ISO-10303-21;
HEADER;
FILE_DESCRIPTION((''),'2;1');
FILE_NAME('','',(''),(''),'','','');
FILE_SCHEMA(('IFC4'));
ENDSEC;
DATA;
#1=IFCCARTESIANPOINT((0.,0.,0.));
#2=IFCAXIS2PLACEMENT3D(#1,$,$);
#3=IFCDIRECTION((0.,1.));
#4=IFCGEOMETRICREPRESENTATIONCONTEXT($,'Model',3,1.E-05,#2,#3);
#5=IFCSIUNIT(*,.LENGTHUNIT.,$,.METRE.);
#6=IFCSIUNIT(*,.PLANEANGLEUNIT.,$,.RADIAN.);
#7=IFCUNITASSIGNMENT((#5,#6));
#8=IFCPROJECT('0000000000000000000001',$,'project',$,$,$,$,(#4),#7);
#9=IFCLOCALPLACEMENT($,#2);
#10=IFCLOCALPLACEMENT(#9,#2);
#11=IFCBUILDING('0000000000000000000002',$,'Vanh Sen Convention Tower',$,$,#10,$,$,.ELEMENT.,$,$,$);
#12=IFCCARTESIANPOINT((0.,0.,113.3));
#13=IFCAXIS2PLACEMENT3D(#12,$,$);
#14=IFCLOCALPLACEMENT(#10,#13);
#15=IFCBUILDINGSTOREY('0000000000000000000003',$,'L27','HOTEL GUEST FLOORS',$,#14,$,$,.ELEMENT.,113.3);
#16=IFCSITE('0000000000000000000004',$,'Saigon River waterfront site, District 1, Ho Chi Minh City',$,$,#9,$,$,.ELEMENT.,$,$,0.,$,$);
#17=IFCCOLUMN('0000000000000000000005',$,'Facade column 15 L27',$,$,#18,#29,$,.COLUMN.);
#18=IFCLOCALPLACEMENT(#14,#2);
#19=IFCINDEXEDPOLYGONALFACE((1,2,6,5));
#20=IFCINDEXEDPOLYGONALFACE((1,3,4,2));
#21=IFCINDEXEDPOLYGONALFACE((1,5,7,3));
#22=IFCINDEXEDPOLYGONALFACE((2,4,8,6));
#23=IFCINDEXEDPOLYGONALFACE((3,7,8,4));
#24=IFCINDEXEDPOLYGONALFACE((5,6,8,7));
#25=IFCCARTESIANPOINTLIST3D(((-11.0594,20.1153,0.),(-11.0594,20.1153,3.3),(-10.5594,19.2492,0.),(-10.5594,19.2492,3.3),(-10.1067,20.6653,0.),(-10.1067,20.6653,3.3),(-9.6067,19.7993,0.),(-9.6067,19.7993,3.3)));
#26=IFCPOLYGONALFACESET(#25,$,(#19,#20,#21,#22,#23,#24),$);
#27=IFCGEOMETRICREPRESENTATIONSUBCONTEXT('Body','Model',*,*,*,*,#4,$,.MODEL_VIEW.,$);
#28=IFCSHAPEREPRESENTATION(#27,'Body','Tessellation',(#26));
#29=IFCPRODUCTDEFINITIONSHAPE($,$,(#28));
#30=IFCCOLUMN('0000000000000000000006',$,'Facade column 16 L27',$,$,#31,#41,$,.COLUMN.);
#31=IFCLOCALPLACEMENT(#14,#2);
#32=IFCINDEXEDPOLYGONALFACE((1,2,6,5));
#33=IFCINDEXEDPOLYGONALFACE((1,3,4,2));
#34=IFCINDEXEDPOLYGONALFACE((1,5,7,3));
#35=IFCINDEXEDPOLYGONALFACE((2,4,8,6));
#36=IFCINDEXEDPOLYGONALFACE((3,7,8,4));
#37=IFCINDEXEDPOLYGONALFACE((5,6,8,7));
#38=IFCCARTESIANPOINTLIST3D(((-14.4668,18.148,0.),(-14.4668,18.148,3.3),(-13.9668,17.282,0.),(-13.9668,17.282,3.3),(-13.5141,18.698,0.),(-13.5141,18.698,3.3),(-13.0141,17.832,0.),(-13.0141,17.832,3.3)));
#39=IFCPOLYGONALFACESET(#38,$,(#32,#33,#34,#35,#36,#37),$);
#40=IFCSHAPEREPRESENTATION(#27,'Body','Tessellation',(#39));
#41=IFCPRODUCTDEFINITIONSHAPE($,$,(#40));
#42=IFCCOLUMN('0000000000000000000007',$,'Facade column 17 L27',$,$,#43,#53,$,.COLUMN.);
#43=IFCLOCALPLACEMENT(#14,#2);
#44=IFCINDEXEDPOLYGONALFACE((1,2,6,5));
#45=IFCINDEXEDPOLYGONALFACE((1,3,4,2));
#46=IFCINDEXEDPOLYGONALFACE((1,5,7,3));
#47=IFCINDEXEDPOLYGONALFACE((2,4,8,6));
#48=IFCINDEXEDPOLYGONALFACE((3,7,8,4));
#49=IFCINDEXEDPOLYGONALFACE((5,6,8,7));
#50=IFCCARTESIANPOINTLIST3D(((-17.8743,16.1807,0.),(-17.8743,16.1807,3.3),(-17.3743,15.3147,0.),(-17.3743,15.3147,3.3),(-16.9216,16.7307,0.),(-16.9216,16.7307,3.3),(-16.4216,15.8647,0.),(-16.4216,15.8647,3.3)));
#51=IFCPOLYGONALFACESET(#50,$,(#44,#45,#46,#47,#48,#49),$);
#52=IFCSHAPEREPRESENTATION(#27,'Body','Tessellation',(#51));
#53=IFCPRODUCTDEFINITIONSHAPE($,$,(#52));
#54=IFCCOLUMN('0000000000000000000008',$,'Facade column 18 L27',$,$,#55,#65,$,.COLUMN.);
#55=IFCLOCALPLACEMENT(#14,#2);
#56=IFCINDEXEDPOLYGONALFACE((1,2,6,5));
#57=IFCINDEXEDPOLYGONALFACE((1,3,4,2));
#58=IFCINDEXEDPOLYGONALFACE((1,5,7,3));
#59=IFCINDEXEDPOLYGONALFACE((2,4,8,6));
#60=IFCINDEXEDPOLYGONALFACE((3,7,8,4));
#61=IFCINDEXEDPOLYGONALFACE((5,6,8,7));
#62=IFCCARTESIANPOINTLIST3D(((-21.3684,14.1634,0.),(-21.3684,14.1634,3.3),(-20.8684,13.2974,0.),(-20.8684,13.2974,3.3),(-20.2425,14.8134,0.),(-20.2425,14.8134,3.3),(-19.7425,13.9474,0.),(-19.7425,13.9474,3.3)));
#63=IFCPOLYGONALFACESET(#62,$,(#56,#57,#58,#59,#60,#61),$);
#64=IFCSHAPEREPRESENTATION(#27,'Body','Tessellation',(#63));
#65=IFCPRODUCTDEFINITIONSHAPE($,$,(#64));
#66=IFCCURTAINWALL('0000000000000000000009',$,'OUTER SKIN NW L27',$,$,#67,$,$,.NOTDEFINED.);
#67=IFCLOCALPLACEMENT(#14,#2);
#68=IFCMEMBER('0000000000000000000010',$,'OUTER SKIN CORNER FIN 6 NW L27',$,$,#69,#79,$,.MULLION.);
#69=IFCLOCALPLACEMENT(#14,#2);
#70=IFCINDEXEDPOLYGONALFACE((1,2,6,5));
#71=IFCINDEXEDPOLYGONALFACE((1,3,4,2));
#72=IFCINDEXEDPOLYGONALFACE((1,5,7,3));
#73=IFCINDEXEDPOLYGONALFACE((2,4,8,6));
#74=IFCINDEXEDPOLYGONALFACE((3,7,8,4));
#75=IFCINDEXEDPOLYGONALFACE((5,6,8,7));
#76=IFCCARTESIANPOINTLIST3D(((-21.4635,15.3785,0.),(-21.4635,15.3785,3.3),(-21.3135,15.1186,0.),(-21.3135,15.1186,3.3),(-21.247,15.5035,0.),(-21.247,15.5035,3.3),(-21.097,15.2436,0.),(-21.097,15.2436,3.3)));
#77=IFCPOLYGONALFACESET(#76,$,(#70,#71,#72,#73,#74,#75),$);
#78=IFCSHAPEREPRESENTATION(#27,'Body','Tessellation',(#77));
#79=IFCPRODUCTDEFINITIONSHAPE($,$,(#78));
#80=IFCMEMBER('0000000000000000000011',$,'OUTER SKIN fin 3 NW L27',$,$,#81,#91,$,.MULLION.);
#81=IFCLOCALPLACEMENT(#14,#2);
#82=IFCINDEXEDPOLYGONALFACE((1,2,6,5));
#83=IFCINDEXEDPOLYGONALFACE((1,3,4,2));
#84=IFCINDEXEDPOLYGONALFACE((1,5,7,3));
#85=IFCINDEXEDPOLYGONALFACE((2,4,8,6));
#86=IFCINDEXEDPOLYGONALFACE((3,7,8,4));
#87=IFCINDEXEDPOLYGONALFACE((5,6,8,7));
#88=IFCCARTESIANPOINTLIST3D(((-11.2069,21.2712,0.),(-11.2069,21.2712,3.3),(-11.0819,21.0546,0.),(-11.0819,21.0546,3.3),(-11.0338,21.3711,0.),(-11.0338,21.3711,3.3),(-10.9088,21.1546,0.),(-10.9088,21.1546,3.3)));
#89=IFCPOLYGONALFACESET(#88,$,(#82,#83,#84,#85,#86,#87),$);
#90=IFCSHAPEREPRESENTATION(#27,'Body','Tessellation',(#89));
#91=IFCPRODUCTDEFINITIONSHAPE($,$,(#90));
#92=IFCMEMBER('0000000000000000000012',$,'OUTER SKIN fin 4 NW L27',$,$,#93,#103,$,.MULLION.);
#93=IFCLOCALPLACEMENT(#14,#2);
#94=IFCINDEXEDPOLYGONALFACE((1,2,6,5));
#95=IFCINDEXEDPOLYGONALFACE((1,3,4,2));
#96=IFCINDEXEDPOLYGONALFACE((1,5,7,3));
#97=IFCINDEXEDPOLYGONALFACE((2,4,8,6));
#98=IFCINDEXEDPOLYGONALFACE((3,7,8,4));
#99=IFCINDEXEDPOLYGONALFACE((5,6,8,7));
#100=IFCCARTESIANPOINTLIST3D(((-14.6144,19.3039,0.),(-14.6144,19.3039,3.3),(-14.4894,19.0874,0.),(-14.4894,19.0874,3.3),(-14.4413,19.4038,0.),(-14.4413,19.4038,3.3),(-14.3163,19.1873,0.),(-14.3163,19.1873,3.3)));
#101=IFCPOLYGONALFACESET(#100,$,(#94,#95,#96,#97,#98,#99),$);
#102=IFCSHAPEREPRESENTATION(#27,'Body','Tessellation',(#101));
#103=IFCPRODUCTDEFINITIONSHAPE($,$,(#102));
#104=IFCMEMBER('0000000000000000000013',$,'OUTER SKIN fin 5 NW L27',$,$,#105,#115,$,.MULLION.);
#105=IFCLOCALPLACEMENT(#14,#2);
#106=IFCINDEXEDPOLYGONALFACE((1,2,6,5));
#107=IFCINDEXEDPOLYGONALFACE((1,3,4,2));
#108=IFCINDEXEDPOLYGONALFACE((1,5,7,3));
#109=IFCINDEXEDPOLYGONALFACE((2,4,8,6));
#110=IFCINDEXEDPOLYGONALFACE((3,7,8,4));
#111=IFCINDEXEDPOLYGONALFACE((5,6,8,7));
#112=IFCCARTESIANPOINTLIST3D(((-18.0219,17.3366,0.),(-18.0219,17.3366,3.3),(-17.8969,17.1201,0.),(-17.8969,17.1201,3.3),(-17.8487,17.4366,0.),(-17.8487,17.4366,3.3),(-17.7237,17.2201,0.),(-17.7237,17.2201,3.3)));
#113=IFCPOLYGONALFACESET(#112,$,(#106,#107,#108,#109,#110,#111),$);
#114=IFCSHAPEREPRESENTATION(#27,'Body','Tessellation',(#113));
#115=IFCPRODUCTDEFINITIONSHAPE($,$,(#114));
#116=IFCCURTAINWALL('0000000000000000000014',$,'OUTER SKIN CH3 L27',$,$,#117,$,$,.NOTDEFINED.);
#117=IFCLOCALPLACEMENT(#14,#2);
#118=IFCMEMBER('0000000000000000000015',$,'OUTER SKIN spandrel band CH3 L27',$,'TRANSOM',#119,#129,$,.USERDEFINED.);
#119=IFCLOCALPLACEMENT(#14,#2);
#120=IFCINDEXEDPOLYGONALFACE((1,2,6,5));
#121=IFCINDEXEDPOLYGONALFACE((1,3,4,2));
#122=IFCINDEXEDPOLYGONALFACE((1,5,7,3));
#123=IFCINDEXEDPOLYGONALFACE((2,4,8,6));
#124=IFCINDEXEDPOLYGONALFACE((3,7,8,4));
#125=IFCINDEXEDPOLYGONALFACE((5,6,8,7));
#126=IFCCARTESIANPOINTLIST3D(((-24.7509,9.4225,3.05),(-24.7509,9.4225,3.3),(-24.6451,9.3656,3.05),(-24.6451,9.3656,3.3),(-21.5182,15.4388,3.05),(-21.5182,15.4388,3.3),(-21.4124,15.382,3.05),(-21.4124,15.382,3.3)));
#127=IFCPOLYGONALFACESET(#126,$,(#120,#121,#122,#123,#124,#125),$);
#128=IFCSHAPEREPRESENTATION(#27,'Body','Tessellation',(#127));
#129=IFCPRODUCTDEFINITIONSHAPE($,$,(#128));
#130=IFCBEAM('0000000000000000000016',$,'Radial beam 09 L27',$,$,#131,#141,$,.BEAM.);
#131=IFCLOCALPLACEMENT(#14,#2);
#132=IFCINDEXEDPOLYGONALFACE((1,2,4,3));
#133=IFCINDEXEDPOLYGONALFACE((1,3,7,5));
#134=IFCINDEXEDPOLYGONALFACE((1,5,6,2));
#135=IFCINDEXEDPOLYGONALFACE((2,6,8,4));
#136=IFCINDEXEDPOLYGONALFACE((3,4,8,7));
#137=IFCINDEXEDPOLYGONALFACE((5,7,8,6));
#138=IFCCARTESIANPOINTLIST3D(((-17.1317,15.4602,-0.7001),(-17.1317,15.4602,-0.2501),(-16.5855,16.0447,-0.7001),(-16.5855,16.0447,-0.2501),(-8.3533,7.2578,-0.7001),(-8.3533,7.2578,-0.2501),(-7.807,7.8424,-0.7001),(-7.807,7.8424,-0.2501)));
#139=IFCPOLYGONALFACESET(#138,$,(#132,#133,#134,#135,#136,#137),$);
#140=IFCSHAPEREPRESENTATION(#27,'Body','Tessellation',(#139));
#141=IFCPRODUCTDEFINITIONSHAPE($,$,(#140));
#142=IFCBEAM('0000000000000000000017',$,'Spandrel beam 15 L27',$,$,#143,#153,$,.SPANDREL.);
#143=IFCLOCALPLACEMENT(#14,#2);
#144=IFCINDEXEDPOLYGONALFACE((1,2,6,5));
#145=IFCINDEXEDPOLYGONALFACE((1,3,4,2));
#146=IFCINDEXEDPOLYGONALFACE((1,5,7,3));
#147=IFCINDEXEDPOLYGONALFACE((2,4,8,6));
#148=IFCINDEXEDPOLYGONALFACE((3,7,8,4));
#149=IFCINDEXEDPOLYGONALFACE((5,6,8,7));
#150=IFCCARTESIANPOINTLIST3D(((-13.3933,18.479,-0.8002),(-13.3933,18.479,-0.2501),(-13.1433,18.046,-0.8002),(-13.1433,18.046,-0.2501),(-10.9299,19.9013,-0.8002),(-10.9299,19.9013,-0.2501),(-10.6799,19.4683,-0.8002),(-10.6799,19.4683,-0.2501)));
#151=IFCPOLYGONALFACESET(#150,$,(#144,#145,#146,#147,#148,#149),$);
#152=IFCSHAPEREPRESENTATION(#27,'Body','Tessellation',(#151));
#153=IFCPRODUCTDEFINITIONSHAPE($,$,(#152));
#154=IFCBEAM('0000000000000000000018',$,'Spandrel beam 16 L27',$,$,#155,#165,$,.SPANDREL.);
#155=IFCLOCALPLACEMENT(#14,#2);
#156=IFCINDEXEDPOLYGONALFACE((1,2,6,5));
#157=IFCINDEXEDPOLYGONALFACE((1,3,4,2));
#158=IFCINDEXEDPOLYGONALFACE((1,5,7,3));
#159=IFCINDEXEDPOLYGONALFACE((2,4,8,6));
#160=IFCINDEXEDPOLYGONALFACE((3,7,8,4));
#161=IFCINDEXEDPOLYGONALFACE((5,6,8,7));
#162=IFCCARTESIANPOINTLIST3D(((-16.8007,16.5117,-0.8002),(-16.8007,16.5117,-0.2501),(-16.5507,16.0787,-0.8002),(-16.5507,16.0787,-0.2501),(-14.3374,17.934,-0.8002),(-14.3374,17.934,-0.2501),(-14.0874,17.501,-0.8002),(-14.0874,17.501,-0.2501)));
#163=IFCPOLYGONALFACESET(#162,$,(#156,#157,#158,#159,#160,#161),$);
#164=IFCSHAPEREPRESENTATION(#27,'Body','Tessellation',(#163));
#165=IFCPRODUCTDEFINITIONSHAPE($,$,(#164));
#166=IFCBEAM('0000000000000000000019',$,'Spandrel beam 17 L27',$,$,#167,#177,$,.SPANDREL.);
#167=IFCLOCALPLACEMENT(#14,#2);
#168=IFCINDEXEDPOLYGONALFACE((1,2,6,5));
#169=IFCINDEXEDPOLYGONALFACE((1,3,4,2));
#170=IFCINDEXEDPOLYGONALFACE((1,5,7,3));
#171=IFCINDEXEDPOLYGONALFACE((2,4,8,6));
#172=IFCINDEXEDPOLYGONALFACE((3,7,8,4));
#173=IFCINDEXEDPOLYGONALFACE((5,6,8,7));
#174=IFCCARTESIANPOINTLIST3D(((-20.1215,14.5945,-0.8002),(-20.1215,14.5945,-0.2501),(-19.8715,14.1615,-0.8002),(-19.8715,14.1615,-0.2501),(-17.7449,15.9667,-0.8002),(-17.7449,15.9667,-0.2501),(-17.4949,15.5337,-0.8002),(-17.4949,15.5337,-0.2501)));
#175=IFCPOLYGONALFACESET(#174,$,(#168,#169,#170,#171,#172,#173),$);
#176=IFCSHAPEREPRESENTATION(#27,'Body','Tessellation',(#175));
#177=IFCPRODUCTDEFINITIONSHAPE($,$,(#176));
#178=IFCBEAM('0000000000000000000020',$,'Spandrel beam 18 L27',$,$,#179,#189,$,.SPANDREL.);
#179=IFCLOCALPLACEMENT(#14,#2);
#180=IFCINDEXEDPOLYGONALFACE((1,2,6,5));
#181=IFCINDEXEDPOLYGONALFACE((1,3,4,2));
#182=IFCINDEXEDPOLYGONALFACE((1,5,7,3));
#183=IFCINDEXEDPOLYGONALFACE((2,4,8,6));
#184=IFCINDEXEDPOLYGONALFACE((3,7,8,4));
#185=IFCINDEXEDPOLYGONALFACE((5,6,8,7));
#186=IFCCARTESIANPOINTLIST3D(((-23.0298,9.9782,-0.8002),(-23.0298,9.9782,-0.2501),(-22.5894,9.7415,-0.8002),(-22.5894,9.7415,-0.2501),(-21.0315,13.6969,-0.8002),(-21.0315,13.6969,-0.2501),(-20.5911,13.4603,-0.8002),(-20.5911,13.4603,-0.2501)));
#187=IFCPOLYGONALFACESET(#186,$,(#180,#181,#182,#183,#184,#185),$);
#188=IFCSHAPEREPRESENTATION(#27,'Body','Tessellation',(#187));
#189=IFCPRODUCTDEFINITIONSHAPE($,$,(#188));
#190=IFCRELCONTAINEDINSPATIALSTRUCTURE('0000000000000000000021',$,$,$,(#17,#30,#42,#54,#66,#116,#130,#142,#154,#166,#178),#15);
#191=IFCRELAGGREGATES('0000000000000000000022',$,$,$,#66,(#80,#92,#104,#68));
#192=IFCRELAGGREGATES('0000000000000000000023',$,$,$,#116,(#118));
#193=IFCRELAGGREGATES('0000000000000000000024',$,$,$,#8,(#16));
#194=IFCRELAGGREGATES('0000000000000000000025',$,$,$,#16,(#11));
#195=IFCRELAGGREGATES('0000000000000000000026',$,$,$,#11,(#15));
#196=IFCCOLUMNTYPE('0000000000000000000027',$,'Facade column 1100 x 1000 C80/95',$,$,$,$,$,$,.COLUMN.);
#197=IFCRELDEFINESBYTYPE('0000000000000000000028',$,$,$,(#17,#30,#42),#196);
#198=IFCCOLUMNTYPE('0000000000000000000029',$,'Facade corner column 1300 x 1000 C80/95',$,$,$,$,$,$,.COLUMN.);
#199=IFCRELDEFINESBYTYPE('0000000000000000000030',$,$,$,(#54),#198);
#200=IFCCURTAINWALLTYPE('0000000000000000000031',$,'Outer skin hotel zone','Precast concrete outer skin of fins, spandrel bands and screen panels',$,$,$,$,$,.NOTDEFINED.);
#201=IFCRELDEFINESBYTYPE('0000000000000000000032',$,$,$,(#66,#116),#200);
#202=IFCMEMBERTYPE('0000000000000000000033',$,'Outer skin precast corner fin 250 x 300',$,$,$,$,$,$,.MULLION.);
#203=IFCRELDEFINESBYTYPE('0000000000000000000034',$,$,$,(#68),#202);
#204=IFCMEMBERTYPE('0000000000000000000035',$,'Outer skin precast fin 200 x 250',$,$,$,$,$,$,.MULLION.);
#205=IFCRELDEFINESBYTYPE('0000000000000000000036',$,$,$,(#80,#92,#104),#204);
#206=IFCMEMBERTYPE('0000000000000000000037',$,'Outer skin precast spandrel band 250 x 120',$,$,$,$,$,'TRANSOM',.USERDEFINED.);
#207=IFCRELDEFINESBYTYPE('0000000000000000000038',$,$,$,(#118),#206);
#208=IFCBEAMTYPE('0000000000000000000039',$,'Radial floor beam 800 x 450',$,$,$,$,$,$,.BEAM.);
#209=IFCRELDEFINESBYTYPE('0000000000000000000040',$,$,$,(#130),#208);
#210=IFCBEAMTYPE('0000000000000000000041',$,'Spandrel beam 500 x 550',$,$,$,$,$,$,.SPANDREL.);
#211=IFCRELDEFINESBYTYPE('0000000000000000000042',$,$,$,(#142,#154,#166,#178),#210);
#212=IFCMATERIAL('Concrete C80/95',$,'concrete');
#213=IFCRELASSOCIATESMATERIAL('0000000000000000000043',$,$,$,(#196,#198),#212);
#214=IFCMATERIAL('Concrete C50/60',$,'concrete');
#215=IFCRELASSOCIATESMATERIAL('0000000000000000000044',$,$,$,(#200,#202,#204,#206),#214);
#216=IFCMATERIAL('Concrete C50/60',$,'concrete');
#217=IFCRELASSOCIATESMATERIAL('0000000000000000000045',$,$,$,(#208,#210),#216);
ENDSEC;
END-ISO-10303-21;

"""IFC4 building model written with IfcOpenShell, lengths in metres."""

from ifc_helpers import new_model, si_unit, direction, frame, origin, origin_2d, place, context, subcontext, project, spatial, rectangle, extrude, material, material_profile, profile_set, type_object, element, aggregate, save


model = new_model("IFC4")

# Units and contexts
model_context = context("Model", 3, precision=1e-05, world=origin(), true_north=direction((0.0, 1.0)))
body_context = subcontext(model_context, "Body", "Model", "MODEL_VIEW")
ifc_project = project(units=[si_unit("LENGTHUNIT", "METRE"), si_unit("PLANEANGLEUNIT", "RADIAN")], contexts=[model_context])

# Site, building, storey
site_placement = place(None, origin())
site = spatial("IfcSite", under=ifc_project, at=site_placement, Name="Saigon River waterfront site, District 1, Ho Chi Minh City", CompositionType="ELEMENT", RefElevation=0.0)
building_placement = place(site_placement, origin())
building = spatial("IfcBuilding", under=site, at=building_placement, Name="Vanh Sen Convention Tower", CompositionType="ELEMENT")
storey_placement = place(building_placement, frame((0.0, 0.0, 113.3)))
storey = spatial("IfcBuildingStorey", under=building, at=storey_placement, Name="L27", Description="HOTEL GUEST FLOORS", CompositionType="ELEMENT", Elevation=113.3)

# Columns
ifc_material_1 = material(Name="Concrete C80/95", Category="concrete")
ifc_material_profile_1 = material_profile(ifc_material_1, rectangle(XDim=1.1001, YDim=1.0, at=origin_2d()), Name="RC 1100X1000")
ifc_profile_set_1 = profile_set([ifc_material_profile_1], Name="Concrete C80/95")
column_type_1 = type_object("IfcColumnType", Name="Facade column 1100 x 1000 C80/95", PredefinedType="COLUMN", material=ifc_profile_set_1)
for number, where, z_axis, x_axis, name in (
    (1, (-10.333, 19.9573, 0.0), (0.0, 0.0, 1.0), (-0.866025, -0.5, 0.0), "Facade column 15 L27"),
    (2, (-13.7405, 17.99, 0.0), (0.0, 0.0, 1.0), (-0.866025, -0.5, 0.0), "Facade column 16 L27"),
    (3, (-17.1479, 16.0227, 0.0), (0.0, 0.0, 1.0), (-0.866025, -0.5, 0.0), "Facade column 17 L27"),
):
    element("IfcColumn", number, at=place(storey_placement, frame(where, z_axis=z_axis, x_axis=x_axis)), inside=storey, type_object=column_type_1, Name=name, PredefinedType="COLUMN", context=body_context, shape_type="SweptSolid", body=[
        extrude(rectangle(XDim=1.1001, YDim=1.0, at=origin_2d()), origin(), (0.0, 0.0, 1.0), 3.3),
    ])
ifc_material_profile_2 = material_profile(ifc_material_1, rectangle(XDim=1.3, YDim=1.0, at=origin_2d()), Name="RC 1300X1000")
ifc_profile_set_2 = profile_set([ifc_material_profile_2], Name="Concrete C80/95")
column_type_2 = type_object("IfcColumnType", Name="Facade corner column 1300 x 1000 C80/95", PredefinedType="COLUMN", material=ifc_profile_set_2)
column_placement = place(storey_placement, frame((-20.5554, 14.0554, 0.0), z_axis=(0.0, 0.0, 1.0), x_axis=(-0.866025, -0.5, 0.0)))
element("IfcColumn", 4, at=column_placement, inside=storey, type_object=column_type_2, Name="Facade column 18 L27", PredefinedType="COLUMN", context=body_context, shape_type="SweptSolid", body=[
    extrude(rectangle(XDim=1.3, YDim=1.0, at=origin_2d()), origin(), (0.0, 0.0, 1.0), 3.3),
])

# Curtain wall, members
ifc_material_2 = material(Name="Concrete C50/60", Category="concrete")
curtain_wall_type = type_object("IfcCurtainWallType", Name="Outer skin hotel zone", Description="Precast concrete outer skin of fins, spandrel bands and screen panels", PredefinedType="NOTDEFINED", material=ifc_material_2)
curtain_wall_1_placement = place(storey_placement, origin())
curtain_wall_1 = element("IfcCurtainWall", 5, at=curtain_wall_1_placement, inside=storey, type_object=curtain_wall_type, Name="OUTER SKIN NW L27", PredefinedType="NOTDEFINED")
ifc_material_profile_3 = material_profile(ifc_material_2, rectangle(XDim=0.25, YDim=0.3, at=origin_2d()), Name="Outer skin precast corner fin 250 x 300")
ifc_profile_set_3 = profile_set([ifc_material_profile_3], Name="Concrete C50/60")
member_type_1 = type_object("IfcMemberType", Name="Outer skin precast corner fin 250 x 300", PredefinedType="MULLION", material=ifc_profile_set_3)
member_1_placement = place(storey_placement, frame((-21.2803, 15.311, 0.0), z_axis=(0.0, 0.0, 1.0), x_axis=(-0.866025, -0.5, 0.0)))
member_1 = element("IfcMember", 6, at=member_1_placement, type_object=member_type_1, Name="OUTER SKIN CORNER FIN 6 NW L27", PredefinedType="MULLION", context=body_context, shape_type="SweptSolid", body=[
    extrude(rectangle(XDim=0.25, YDim=0.3, at=origin_2d()), origin(), (0.0, 0.0, 1.0), 3.3),
])
ifc_material_profile_4 = material_profile(ifc_material_2, rectangle(XDim=0.2, YDim=0.25, at=origin_2d()), Name="Outer skin precast fin 200 x 250")
ifc_profile_set_4 = profile_set([ifc_material_profile_4], Name="Concrete C50/60")
member_type_2 = type_object("IfcMemberType", Name="Outer skin precast fin 200 x 250", PredefinedType="MULLION", material=ifc_profile_set_4)
member_2_placement = place(storey_placement, frame((-11.0579, 21.2129, 0.0), z_axis=(0.0, 0.0, 1.0), x_axis=(-0.866025, -0.5, 0.0)))
member_2 = element("IfcMember", 7, at=member_2_placement, type_object=member_type_2, Name="OUTER SKIN fin 3 NW L27", PredefinedType="MULLION", context=body_context, shape_type="SweptSolid", body=[
    extrude(rectangle(XDim=0.2, YDim=0.25, at=origin_2d()), origin(), (0.0, 0.0, 1.0), 3.3),
])
member_3_placement = place(storey_placement, frame((-14.4653, 19.2456, 0.0), z_axis=(0.0, 0.0, 1.0), x_axis=(-0.866025, -0.5, 0.0)))
member_3 = element("IfcMember", 8, at=member_3_placement, type_object=member_type_2, Name="OUTER SKIN fin 4 NW L27", PredefinedType="MULLION", context=body_context, shape_type="SweptSolid", body=[
    extrude(rectangle(XDim=0.2, YDim=0.25, at=origin_2d()), origin(), (0.0, 0.0, 1.0), 3.3),
])
member_4_placement = place(storey_placement, frame((-17.8728, 17.2783, 0.0), z_axis=(0.0, 0.0, 1.0), x_axis=(-0.866025, -0.5, 0.0)))
member_4 = element("IfcMember", 9, at=member_4_placement, type_object=member_type_2, Name="OUTER SKIN fin 5 NW L27", PredefinedType="MULLION", context=body_context, shape_type="SweptSolid", body=[
    extrude(rectangle(XDim=0.2, YDim=0.25, at=origin_2d()), origin(), (0.0, 0.0, 1.0), 3.3),
])

# Curtain wall, member
curtain_wall_2_placement = place(storey_placement, origin())
curtain_wall_2 = element("IfcCurtainWall", 10, at=curtain_wall_2_placement, inside=storey, type_object=curtain_wall_type, Name="OUTER SKIN CH3 L27", PredefinedType="NOTDEFINED")
ifc_material_profile_5 = material_profile(ifc_material_2, rectangle(XDim=0.1201, YDim=0.25, at=origin_2d()), Name="Outer skin precast spandrel band 250 x 120")
ifc_profile_set_5 = profile_set([ifc_material_profile_5], Name="Concrete C50/60")
member_type_3 = type_object("IfcMemberType", Name="Outer skin precast spandrel band 250 x 120", ElementType="TRANSOM", PredefinedType="USERDEFINED", material=ifc_profile_set_5)
member_5_placement = place(storey_placement, frame((-21.4653, 15.4104, 3.175), z_axis=(-0.473315, -0.880893, 0.0), x_axis=(0.880893, -0.473315, 0.0)))
member_5 = element("IfcMember", 11, at=member_5_placement, type_object=member_type_3, Name="OUTER SKIN spandrel band CH3 L27", ObjectType="TRANSOM", PredefinedType="USERDEFINED", context=body_context, shape_type="SweptSolid", body=[
    extrude(rectangle(XDim=0.1201, YDim=0.25, at=origin_2d()), origin(), (0.0, 0.0, 1.0), 6.8298),
])

# Beams
ifc_material_3 = material(Name="Concrete C50/60", Category="concrete")
ifc_material_profile_6 = material_profile(ifc_material_3, rectangle(XDim=0.8, YDim=0.45, at=origin_2d()), Name="RC 800X450")
ifc_profile_set_6 = profile_set([ifc_material_profile_6], Name="Concrete C50/60")
beam_type_1 = type_object("IfcBeamType", Name="Radial floor beam 800 x 450", PredefinedType="BEAM", material=ifc_profile_set_6)
beam_1_placement = place(storey_placement, frame((-16.8586, 15.7524, -0.4751), z_axis=(0.730679, -0.682721, 0.0), x_axis=(0.682721, 0.730679, 0.0)))
element("IfcBeam", 12, at=beam_1_placement, inside=storey, type_object=beam_type_1, Name="Radial beam 09 L27", PredefinedType="BEAM", context=body_context, shape_type="SweptSolid", body=[
    extrude(rectangle(XDim=0.8, YDim=0.45, at=origin_2d()), origin(), (0.0, 0.0, 1.0), 12.0142),
])
ifc_material_profile_7 = material_profile(ifc_material_3, rectangle(XDim=0.5, YDim=0.55, at=origin_2d()), Name="RC 500X550")
ifc_profile_set_7 = profile_set([ifc_material_profile_7], Name="Concrete C50/60")
beam_type_2 = type_object("IfcBeamType", Name="Spandrel beam 500 x 550", PredefinedType="SPANDREL", material=ifc_profile_set_7)
for number, where, z_axis, x_axis, name in (
    (13, (-10.8049, 19.6848, -0.5251), (-0.866005, -0.500034, 0.0), (0.500034, -0.866005, 0.0), "Spandrel beam 15 L27"),
    (14, (-14.2124, 17.7175, -0.5251), (-0.866005, -0.500034, 0.0), (0.500034, -0.866005, 0.0), "Spandrel beam 16 L27"),
):
    element("IfcBeam", number, at=place(storey_placement, frame(where, z_axis=z_axis, x_axis=x_axis)), inside=storey, type_object=beam_type_2, Name=name, PredefinedType="SPANDREL", context=body_context, shape_type="SweptSolid", body=[
        extrude(rectangle(XDim=0.5, YDim=0.55, at=origin_2d()), origin(), (0.0, 0.0, 1.0), 2.8445),
    ])
beam_2_placement = place(storey_placement, frame((-17.6199, 15.7502, -0.5251), z_axis=(-0.866006, -0.500033, 0.0), x_axis=(0.500033, -0.866006, 0.0)))
element("IfcBeam", 15, at=beam_2_placement, inside=storey, type_object=beam_type_2, Name="Spandrel beam 17 L27", PredefinedType="SPANDREL", context=body_context, shape_type="SweptSolid", body=[
    extrude(rectangle(XDim=0.5, YDim=0.55, at=origin_2d()), origin(), (0.0, 0.0, 1.0), 2.7444),
])
beam_3_placement = place(storey_placement, frame((-20.8113, 13.5786, -0.5251), z_axis=(-0.473344, -0.880877, 0.0), x_axis=(0.880877, -0.473344, 0.0)))
element("IfcBeam", 16, at=beam_3_placement, inside=storey, type_object=beam_type_2, Name="Spandrel beam 18 L27", PredefinedType="SPANDREL", context=body_context, shape_type="SweptSolid", body=[
    extrude(rectangle(XDim=0.5, YDim=0.55, at=origin_2d()), origin(), (0.0, 0.0, 1.0), 4.2217),
])

aggregate(curtain_wall_1, [member_2, member_3, member_4, member_1])
aggregate(curtain_wall_2, [member_5])

save(model, "model.ifc")
